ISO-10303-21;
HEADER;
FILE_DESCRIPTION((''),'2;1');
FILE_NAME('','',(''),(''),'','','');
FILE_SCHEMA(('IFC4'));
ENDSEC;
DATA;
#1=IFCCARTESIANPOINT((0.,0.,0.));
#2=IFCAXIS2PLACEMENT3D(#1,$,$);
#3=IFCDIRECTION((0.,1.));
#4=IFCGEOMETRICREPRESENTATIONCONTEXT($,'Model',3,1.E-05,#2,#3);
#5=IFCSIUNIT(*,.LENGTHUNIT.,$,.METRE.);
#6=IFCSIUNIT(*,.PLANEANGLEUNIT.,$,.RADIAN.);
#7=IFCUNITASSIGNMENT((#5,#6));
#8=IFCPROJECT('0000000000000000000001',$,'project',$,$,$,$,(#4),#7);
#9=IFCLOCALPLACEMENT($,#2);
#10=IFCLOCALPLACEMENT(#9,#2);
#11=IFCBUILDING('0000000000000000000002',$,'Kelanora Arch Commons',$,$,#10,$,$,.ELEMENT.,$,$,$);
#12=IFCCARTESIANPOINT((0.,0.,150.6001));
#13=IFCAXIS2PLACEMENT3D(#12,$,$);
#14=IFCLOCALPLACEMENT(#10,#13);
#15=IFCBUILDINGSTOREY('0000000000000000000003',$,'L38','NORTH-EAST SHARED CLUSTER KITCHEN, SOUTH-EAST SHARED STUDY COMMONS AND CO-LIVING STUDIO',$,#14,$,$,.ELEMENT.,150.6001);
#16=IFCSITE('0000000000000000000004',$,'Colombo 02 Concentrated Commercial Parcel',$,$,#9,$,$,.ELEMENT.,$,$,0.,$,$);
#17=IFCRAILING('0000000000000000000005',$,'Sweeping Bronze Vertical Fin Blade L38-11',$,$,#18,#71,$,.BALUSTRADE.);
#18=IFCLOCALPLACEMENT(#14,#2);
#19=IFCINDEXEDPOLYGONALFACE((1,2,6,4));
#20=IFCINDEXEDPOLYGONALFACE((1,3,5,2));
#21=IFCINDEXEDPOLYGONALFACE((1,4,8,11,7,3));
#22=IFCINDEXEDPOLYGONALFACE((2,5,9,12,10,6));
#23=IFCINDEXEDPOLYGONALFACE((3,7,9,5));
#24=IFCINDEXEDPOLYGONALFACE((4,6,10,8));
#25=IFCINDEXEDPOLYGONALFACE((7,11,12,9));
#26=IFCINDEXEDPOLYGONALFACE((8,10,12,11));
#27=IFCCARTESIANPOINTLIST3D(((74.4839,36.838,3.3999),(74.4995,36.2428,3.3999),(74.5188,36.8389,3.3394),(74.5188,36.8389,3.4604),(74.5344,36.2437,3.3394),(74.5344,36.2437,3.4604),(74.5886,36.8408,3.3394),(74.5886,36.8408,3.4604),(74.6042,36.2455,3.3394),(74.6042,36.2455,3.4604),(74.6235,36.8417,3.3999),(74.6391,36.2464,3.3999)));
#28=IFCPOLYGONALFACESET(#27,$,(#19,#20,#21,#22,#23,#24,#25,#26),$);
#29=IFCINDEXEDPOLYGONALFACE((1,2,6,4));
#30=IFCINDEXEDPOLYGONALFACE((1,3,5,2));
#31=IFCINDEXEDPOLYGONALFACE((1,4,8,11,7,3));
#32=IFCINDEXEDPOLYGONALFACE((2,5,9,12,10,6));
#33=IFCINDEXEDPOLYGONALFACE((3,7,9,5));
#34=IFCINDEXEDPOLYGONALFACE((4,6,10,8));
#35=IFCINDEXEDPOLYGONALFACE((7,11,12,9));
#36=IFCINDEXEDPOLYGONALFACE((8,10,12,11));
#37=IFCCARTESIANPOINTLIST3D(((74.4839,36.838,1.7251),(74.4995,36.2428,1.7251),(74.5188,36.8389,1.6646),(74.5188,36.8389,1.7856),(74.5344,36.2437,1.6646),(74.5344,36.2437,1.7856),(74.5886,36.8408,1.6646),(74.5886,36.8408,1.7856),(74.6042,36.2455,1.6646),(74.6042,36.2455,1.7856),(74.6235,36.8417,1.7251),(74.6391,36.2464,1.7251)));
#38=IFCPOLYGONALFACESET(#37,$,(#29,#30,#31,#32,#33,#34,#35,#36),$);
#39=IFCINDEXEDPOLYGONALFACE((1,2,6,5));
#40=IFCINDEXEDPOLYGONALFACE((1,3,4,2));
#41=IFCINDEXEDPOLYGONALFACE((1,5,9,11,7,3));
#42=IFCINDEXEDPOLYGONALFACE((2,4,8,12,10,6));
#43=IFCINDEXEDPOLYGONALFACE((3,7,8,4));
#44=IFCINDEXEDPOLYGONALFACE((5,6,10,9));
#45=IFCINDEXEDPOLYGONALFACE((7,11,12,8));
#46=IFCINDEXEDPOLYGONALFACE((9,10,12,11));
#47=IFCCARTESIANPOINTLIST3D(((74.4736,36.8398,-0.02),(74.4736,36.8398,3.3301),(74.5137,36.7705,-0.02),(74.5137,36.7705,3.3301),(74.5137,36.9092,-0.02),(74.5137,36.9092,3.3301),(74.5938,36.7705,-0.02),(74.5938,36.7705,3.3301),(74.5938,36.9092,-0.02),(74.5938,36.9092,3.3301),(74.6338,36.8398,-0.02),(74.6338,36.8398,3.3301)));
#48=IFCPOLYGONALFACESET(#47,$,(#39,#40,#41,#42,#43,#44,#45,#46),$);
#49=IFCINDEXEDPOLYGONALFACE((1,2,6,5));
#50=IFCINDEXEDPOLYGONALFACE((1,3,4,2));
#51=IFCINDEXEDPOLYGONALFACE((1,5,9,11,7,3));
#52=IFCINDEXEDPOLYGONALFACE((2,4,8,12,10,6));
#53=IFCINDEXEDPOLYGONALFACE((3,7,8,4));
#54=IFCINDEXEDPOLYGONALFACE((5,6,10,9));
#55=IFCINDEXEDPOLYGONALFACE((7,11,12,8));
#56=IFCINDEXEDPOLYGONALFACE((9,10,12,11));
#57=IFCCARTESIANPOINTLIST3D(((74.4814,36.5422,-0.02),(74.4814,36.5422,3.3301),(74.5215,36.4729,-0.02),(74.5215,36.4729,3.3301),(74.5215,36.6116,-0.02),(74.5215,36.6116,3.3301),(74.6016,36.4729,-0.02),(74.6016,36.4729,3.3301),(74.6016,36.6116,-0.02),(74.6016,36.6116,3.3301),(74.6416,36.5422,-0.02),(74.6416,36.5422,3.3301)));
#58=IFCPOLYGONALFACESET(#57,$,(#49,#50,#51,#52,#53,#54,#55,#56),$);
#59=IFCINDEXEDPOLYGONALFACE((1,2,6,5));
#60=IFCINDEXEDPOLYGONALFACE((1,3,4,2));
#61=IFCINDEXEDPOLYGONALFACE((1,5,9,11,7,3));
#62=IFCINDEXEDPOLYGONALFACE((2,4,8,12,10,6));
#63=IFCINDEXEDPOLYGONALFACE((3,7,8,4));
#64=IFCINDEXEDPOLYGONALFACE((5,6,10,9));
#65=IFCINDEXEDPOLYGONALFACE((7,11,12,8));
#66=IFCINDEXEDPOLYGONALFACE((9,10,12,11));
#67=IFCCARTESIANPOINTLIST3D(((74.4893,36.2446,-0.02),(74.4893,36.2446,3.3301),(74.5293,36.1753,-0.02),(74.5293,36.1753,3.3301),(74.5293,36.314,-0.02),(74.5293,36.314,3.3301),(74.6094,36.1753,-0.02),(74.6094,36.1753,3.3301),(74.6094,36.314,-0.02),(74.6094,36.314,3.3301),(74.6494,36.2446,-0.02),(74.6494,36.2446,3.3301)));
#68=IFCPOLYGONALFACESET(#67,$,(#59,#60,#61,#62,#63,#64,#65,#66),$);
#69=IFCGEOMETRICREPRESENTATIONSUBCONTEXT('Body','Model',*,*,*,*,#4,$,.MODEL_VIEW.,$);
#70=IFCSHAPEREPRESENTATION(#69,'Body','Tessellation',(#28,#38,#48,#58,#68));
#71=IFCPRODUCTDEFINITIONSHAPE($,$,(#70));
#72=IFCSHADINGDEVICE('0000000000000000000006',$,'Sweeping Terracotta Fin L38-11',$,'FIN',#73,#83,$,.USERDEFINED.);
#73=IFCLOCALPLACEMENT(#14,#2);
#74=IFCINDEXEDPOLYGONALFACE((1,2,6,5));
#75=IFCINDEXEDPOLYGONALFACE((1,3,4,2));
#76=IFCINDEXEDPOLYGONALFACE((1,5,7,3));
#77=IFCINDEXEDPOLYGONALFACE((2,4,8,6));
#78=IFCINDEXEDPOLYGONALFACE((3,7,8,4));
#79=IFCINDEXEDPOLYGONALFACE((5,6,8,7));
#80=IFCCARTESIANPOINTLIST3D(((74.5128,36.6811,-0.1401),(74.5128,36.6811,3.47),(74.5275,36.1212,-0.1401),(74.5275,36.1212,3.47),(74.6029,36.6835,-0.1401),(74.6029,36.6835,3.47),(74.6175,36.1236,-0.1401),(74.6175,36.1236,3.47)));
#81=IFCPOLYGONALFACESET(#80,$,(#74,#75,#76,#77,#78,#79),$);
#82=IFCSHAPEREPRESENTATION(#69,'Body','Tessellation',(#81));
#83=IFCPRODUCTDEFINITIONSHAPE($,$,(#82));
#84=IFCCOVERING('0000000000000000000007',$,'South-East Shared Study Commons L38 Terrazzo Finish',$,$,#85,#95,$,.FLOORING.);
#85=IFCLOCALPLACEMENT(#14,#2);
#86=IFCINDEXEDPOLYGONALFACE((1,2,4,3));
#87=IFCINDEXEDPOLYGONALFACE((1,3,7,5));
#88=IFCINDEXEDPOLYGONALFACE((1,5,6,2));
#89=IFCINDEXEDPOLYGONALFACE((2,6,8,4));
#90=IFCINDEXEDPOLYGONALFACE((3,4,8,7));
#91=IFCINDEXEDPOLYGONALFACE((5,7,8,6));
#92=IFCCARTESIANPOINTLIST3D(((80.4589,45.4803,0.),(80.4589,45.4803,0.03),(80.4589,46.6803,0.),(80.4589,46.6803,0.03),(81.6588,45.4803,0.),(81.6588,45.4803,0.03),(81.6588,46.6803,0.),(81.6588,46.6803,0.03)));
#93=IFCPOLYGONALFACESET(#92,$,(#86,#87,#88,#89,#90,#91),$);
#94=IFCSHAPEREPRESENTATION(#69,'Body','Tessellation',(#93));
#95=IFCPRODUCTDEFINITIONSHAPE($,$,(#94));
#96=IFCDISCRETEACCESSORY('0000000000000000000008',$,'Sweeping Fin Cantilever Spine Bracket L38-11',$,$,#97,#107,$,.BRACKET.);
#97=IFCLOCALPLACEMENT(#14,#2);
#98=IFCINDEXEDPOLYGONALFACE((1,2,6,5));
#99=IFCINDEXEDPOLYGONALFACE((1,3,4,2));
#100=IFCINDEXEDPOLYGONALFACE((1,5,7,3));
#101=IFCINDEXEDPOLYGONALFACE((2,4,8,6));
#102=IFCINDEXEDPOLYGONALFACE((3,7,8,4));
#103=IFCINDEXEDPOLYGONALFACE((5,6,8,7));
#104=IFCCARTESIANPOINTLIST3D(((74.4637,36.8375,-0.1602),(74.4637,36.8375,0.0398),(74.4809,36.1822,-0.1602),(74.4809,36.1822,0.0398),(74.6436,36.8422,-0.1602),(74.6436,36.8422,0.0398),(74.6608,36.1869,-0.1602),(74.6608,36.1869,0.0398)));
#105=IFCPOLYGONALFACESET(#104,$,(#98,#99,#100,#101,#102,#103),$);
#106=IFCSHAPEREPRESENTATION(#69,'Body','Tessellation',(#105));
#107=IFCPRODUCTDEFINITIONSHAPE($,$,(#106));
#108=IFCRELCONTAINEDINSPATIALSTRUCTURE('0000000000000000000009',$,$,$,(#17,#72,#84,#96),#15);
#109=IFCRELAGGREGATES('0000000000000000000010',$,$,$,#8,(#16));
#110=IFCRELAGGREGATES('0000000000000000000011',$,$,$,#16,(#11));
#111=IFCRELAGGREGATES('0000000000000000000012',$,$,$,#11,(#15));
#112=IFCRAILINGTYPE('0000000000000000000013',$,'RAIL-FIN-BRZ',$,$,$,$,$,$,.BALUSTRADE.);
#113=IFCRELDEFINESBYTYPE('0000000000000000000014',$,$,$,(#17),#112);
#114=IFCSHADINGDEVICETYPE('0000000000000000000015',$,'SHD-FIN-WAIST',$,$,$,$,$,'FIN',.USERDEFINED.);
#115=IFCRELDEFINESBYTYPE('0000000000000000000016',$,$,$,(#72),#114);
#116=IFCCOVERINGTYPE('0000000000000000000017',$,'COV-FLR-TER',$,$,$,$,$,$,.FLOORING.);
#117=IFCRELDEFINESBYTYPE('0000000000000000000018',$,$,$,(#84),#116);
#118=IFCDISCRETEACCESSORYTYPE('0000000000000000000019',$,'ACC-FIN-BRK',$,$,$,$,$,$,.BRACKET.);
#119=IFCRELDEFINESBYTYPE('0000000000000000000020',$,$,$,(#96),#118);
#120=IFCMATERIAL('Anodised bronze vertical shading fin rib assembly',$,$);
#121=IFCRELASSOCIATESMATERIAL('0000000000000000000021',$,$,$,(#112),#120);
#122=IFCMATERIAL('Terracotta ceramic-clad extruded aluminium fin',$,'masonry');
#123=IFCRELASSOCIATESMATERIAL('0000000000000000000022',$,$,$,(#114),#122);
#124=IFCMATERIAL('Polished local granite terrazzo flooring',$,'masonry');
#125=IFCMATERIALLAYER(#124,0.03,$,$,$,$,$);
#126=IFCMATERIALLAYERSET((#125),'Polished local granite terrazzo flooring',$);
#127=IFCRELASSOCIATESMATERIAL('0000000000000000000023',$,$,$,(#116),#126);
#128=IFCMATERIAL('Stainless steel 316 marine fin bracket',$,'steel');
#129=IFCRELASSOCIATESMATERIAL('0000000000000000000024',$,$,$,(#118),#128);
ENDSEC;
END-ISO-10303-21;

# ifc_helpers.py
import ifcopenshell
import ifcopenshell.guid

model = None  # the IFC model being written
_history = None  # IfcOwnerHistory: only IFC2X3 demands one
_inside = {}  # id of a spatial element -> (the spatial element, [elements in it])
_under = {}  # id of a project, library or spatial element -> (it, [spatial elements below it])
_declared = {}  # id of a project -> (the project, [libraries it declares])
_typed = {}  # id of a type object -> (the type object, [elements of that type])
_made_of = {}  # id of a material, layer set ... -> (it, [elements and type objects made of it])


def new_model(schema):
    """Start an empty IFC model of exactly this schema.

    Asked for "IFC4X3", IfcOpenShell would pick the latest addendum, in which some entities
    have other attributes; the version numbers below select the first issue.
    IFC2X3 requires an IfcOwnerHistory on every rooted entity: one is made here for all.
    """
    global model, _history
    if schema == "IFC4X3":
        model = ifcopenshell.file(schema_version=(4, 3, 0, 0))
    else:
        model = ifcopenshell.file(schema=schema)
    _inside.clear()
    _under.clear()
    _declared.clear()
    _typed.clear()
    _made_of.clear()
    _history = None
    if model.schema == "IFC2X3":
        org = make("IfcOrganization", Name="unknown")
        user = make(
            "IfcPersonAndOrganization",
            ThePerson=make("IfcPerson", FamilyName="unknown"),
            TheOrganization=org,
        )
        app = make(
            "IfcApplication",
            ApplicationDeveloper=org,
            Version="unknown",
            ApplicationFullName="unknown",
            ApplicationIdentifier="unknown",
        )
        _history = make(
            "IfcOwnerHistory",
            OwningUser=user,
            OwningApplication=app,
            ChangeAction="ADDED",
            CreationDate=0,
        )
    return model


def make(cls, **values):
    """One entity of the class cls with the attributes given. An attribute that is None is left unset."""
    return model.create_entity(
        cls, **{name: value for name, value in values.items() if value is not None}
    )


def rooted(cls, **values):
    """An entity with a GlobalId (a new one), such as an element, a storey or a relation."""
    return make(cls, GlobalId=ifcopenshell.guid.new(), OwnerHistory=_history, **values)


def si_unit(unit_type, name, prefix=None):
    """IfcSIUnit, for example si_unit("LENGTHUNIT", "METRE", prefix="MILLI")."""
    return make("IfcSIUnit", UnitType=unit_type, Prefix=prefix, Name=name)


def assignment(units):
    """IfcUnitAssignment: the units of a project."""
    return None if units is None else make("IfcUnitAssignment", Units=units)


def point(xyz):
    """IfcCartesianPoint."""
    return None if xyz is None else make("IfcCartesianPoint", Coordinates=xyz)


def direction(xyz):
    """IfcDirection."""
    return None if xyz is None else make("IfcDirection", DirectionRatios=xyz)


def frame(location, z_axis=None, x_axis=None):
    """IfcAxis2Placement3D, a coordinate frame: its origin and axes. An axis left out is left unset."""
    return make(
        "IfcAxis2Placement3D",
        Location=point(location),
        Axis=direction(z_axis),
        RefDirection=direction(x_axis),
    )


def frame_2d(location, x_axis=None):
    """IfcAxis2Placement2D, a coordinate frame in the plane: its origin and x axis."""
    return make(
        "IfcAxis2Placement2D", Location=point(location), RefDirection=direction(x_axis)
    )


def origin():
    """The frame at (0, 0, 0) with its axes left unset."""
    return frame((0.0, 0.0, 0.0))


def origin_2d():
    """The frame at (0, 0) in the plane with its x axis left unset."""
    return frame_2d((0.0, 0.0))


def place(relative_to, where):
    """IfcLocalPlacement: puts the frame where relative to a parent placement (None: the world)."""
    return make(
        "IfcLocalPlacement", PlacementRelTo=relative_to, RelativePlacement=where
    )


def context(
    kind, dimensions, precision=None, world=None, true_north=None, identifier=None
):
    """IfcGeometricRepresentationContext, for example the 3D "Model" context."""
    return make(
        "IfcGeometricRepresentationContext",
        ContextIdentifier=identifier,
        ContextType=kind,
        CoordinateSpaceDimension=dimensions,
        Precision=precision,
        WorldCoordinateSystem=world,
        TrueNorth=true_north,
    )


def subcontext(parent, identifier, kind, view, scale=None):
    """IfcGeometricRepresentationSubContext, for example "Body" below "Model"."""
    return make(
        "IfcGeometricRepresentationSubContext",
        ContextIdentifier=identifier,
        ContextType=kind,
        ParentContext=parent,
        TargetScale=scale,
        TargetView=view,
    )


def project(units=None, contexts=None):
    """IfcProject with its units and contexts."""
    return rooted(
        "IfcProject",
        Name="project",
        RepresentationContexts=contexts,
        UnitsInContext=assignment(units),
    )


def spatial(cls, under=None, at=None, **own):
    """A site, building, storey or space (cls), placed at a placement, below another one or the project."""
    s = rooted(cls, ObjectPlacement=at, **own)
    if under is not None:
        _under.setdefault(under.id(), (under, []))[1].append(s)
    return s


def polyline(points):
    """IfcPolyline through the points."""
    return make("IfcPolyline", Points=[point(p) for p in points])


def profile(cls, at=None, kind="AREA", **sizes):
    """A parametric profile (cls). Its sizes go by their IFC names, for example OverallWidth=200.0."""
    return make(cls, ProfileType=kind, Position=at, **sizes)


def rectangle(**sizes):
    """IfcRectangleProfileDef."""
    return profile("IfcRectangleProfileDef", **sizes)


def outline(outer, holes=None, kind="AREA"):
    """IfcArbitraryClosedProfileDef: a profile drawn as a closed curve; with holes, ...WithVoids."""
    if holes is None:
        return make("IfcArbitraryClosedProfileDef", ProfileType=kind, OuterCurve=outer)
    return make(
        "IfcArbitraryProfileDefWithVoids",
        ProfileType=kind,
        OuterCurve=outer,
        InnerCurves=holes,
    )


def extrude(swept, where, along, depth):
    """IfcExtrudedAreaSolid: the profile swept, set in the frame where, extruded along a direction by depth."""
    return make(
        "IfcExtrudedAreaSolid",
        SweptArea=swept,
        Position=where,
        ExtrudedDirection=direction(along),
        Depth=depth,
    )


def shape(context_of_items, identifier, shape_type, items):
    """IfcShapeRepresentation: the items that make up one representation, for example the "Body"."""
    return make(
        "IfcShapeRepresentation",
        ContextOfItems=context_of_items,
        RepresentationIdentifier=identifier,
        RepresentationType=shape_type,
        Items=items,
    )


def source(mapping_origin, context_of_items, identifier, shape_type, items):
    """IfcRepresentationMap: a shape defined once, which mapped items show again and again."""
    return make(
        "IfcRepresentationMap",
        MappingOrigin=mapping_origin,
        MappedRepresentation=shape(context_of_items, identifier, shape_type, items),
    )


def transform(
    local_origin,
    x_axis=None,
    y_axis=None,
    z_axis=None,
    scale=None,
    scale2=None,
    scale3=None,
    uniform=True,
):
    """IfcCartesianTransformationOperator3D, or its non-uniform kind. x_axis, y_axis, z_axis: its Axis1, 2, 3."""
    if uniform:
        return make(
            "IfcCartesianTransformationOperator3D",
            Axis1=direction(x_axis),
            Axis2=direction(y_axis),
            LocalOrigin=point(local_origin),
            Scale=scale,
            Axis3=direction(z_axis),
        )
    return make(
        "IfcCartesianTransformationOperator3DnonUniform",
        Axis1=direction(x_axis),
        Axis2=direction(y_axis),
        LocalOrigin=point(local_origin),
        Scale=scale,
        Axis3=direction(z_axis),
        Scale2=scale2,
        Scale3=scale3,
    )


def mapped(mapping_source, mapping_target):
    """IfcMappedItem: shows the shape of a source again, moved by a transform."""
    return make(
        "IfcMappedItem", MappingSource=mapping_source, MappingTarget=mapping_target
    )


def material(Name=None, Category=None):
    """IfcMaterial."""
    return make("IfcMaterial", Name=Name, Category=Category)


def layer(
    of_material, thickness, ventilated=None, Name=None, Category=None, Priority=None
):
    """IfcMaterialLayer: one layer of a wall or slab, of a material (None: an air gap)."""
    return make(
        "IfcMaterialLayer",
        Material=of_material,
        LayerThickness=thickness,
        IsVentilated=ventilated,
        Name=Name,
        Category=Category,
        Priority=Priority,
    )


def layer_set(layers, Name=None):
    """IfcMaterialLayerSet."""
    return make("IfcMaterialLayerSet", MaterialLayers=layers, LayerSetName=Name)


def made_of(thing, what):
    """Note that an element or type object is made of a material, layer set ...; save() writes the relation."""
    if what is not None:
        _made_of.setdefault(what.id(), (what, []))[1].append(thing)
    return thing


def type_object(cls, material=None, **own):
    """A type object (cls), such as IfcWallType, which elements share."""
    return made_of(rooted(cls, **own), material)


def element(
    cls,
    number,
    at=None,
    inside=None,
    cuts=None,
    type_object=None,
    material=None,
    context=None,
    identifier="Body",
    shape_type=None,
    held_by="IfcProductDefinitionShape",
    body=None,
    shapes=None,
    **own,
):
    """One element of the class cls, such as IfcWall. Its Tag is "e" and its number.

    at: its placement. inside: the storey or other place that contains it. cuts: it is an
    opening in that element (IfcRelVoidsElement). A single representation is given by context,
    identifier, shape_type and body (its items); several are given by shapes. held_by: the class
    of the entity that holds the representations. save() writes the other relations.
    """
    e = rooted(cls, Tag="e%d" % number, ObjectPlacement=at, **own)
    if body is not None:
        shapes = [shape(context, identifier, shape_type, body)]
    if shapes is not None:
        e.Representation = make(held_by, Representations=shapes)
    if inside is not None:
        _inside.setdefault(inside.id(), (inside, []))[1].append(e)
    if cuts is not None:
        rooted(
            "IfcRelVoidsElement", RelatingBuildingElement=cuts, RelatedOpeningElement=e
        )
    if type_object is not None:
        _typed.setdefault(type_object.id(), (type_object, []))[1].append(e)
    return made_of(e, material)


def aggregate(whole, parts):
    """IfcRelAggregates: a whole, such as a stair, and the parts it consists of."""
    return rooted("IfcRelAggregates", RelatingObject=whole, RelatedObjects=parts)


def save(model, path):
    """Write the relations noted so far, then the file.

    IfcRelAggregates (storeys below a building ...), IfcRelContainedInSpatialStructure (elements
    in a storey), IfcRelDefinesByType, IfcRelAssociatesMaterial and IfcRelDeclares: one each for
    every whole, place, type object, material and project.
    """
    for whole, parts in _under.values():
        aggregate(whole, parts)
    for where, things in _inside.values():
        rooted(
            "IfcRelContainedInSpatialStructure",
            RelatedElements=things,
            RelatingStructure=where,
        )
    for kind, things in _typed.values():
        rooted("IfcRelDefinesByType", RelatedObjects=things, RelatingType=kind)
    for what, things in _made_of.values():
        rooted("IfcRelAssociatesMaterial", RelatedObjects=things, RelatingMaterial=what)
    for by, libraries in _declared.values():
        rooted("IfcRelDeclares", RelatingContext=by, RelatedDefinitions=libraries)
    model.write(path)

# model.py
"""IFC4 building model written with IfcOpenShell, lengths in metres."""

from ifc_helpers import new_model, si_unit, direction, frame, origin, origin_2d, place, context, subcontext, project, spatial, polyline, rectangle, outline, extrude, source, transform, mapped, material, layer, layer_set, type_object, element, save


model = new_model("IFC4")

# Units and contexts
model_context = context("Model", 3, precision=1e-05, world=origin(), true_north=direction((0.0, 1.0)))
body_context = subcontext(model_context, "Body", "Model", "MODEL_VIEW")
ifc_project = project(units=[si_unit("LENGTHUNIT", "METRE"), si_unit("PLANEANGLEUNIT", "RADIAN")], contexts=[model_context])

# Site, building, storey
site_placement = place(None, origin())
site = spatial("IfcSite", under=ifc_project, at=site_placement, Name="Colombo 02 Concentrated Commercial Parcel", CompositionType="ELEMENT", RefElevation=0.0)
building_placement = place(site_placement, origin())
building = spatial("IfcBuilding", under=site, at=building_placement, Name="Kelanora Arch Commons", CompositionType="ELEMENT")
storey_placement = place(building_placement, frame((0.0, 0.0, 150.6001)))
storey = spatial("IfcBuildingStorey", under=building, at=storey_placement, Name="L38", Description="NORTH-EAST SHARED CLUSTER KITCHEN, SOUTH-EAST SHARED STUDY COMMONS AND CO-LIVING STUDIO", CompositionType="ELEMENT", Elevation=150.6001)

# Railing
ifc_material_1 = material(Name="Anodised bronze vertical shading fin rib assembly")
railing_type = type_object("IfcRailingType", Name="RAIL-FIN-BRZ", PredefinedType="BALUSTRADE", material=ifc_material_1)
railing_placement = place(storey_placement, frame((74.5537, 36.8398, -0.02)))
element("IfcRailing", 1, at=railing_placement, inside=storey, type_object=railing_type, Name="Sweeping Bronze Vertical Fin Blade L38-11", PredefinedType="BALUSTRADE", context=body_context, shape_type="SweptSolid", body=[
    extrude(outline(polyline([(0.0698, 0.0), (0.0349, 0.0605), (-0.0349, 0.0605), (-0.0698, 0.0), (-0.0349, -0.0605), (0.0349, -0.0605), (0.0698, 0.0)])), frame((0.0, 0.0, 3.4199), z_axis=(0.026242, -0.999656, 0.0), x_axis=(0.999656, 0.026242, 0.0)), (0.0, 0.0, 1.0), 0.5955),
    extrude(outline(polyline([(0.0698, 0.0), (0.0349, 0.0605), (-0.0349, 0.0605), (-0.0698, 0.0), (-0.0349, -0.0605), (0.0349, -0.0605), (0.0698, 0.0)])), frame((0.0, 0.0, 1.7451), z_axis=(0.026242, -0.999656, 0.0), x_axis=(0.999656, 0.026242, 0.0)), (0.0, 0.0, 1.0), 0.5955),
    extrude(outline(polyline([(0.0801, 0.0), (0.04, 0.0693), (-0.04, 0.0693), (-0.0801, 0.0), (-0.04, -0.0693), (0.04, -0.0693), (0.0801, 0.0)])), origin(), (0.0, 0.0, 1.0), 3.3501),
    extrude(outline(polyline([(0.0801, 0.0), (0.04, 0.0693), (-0.04, 0.0693), (-0.0801, 0.0), (-0.04, -0.0693), (0.04, -0.0693), (0.0801, 0.0)])), frame((0.0078, -0.2976, 0.0)), (0.0, 0.0, 1.0), 3.3501),
    extrude(outline(polyline([(0.0801, 0.0), (0.04, 0.0693), (-0.04, 0.0693), (-0.0801, 0.0), (-0.04, -0.0693), (0.04, -0.0693), (0.0801, 0.0)])), frame((0.0156, -0.5952, 0.0)), (0.0, 0.0, 1.0), 3.3501),
])

# Shading device
ifc_material_2 = material(Name="Terracotta ceramic-clad extruded aluminium fin", Category="masonry")
shading_device_type = type_object("IfcShadingDeviceType", Name="SHD-FIN-WAIST", ElementType="FIN", PredefinedType="USERDEFINED", material=ifc_material_2)
shared_shape_1 = source(origin(), body_context, "Body", "SweptSolid", [
    extrude(rectangle(XDim=0.5601, YDim=0.0901, at=origin_2d()), origin(), (0.0, 0.0, 1.0), 3.6101),
])
shading_device_placement = place(storey_placement, frame((74.5652, 36.4023, -0.1401), z_axis=(0.0, 0.0, 1.0), x_axis=(0.026177, -0.999657, 0.0)))
element("IfcShadingDevice", 2, at=shading_device_placement, inside=storey, type_object=shading_device_type, Name="Sweeping Terracotta Fin L38-11", ObjectType="FIN", PredefinedType="USERDEFINED", context=body_context, shape_type="MappedRepresentation", body=[
    mapped(shared_shape_1, transform((0.0, 0.0, 0.0), scale=1.0)),
])

# Covering
ifc_material_3 = material(Name="Polished local granite terrazzo flooring", Category="masonry")
ifc_layer_1 = layer(ifc_material_3, 0.03)
ifc_layer_set_1 = layer_set([ifc_layer_1], Name="Polished local granite terrazzo flooring")
covering_type = type_object("IfcCoveringType", Name="COV-FLR-TER", PredefinedType="FLOORING", material=ifc_layer_set_1)
shared_shape_2 = source(origin(), body_context, "Body", "SweptSolid", [
    extrude(rectangle(XDim=1.2, YDim=1.2, at=origin_2d()), origin(), (0.0, 0.0, 1.0), 0.03),
])
covering_placement = place(storey_placement, frame((81.0588, 46.0803, 0.0), z_axis=(0.0, 0.0, 1.0), x_axis=(1.0, 0.0, 0.0)))
element("IfcCovering", 3, at=covering_placement, inside=storey, type_object=covering_type, Name="South-East Shared Study Commons L38 Terrazzo Finish", PredefinedType="FLOORING", context=body_context, shape_type="MappedRepresentation", body=[
    mapped(shared_shape_2, transform((0.0, 0.0, 0.0), scale=1.0)),
])

# Discrete accessory
ifc_material_4 = material(Name="Stainless steel 316 marine fin bracket", Category="steel")
discrete_accessory_type = type_object("IfcDiscreteAccessoryType", Name="ACC-FIN-BRK", PredefinedType="BRACKET", material=ifc_material_4)
shared_shape_3 = source(origin(), body_context, "Body", "SweptSolid", [
    extrude(rectangle(XDim=0.6555, YDim=0.1799, at=origin_2d()), origin(), (0.0, 0.0, 1.0), 0.2),
])
discrete_accessory_placement = place(storey_placement, frame((74.5623, 36.5122, -0.1602), z_axis=(0.0, 0.0, 1.0), x_axis=(0.026177, -0.999657, 0.0)))
element("IfcDiscreteAccessory", 4, at=discrete_accessory_placement, inside=storey, type_object=discrete_accessory_type, Name="Sweeping Fin Cantilever Spine Bracket L38-11", PredefinedType="BRACKET", context=body_context, shape_type="MappedRepresentation", body=[
    mapped(shared_shape_3, transform((0.0, 0.0, 0.0), scale=1.0)),
])

save(model, "model.ifc")
